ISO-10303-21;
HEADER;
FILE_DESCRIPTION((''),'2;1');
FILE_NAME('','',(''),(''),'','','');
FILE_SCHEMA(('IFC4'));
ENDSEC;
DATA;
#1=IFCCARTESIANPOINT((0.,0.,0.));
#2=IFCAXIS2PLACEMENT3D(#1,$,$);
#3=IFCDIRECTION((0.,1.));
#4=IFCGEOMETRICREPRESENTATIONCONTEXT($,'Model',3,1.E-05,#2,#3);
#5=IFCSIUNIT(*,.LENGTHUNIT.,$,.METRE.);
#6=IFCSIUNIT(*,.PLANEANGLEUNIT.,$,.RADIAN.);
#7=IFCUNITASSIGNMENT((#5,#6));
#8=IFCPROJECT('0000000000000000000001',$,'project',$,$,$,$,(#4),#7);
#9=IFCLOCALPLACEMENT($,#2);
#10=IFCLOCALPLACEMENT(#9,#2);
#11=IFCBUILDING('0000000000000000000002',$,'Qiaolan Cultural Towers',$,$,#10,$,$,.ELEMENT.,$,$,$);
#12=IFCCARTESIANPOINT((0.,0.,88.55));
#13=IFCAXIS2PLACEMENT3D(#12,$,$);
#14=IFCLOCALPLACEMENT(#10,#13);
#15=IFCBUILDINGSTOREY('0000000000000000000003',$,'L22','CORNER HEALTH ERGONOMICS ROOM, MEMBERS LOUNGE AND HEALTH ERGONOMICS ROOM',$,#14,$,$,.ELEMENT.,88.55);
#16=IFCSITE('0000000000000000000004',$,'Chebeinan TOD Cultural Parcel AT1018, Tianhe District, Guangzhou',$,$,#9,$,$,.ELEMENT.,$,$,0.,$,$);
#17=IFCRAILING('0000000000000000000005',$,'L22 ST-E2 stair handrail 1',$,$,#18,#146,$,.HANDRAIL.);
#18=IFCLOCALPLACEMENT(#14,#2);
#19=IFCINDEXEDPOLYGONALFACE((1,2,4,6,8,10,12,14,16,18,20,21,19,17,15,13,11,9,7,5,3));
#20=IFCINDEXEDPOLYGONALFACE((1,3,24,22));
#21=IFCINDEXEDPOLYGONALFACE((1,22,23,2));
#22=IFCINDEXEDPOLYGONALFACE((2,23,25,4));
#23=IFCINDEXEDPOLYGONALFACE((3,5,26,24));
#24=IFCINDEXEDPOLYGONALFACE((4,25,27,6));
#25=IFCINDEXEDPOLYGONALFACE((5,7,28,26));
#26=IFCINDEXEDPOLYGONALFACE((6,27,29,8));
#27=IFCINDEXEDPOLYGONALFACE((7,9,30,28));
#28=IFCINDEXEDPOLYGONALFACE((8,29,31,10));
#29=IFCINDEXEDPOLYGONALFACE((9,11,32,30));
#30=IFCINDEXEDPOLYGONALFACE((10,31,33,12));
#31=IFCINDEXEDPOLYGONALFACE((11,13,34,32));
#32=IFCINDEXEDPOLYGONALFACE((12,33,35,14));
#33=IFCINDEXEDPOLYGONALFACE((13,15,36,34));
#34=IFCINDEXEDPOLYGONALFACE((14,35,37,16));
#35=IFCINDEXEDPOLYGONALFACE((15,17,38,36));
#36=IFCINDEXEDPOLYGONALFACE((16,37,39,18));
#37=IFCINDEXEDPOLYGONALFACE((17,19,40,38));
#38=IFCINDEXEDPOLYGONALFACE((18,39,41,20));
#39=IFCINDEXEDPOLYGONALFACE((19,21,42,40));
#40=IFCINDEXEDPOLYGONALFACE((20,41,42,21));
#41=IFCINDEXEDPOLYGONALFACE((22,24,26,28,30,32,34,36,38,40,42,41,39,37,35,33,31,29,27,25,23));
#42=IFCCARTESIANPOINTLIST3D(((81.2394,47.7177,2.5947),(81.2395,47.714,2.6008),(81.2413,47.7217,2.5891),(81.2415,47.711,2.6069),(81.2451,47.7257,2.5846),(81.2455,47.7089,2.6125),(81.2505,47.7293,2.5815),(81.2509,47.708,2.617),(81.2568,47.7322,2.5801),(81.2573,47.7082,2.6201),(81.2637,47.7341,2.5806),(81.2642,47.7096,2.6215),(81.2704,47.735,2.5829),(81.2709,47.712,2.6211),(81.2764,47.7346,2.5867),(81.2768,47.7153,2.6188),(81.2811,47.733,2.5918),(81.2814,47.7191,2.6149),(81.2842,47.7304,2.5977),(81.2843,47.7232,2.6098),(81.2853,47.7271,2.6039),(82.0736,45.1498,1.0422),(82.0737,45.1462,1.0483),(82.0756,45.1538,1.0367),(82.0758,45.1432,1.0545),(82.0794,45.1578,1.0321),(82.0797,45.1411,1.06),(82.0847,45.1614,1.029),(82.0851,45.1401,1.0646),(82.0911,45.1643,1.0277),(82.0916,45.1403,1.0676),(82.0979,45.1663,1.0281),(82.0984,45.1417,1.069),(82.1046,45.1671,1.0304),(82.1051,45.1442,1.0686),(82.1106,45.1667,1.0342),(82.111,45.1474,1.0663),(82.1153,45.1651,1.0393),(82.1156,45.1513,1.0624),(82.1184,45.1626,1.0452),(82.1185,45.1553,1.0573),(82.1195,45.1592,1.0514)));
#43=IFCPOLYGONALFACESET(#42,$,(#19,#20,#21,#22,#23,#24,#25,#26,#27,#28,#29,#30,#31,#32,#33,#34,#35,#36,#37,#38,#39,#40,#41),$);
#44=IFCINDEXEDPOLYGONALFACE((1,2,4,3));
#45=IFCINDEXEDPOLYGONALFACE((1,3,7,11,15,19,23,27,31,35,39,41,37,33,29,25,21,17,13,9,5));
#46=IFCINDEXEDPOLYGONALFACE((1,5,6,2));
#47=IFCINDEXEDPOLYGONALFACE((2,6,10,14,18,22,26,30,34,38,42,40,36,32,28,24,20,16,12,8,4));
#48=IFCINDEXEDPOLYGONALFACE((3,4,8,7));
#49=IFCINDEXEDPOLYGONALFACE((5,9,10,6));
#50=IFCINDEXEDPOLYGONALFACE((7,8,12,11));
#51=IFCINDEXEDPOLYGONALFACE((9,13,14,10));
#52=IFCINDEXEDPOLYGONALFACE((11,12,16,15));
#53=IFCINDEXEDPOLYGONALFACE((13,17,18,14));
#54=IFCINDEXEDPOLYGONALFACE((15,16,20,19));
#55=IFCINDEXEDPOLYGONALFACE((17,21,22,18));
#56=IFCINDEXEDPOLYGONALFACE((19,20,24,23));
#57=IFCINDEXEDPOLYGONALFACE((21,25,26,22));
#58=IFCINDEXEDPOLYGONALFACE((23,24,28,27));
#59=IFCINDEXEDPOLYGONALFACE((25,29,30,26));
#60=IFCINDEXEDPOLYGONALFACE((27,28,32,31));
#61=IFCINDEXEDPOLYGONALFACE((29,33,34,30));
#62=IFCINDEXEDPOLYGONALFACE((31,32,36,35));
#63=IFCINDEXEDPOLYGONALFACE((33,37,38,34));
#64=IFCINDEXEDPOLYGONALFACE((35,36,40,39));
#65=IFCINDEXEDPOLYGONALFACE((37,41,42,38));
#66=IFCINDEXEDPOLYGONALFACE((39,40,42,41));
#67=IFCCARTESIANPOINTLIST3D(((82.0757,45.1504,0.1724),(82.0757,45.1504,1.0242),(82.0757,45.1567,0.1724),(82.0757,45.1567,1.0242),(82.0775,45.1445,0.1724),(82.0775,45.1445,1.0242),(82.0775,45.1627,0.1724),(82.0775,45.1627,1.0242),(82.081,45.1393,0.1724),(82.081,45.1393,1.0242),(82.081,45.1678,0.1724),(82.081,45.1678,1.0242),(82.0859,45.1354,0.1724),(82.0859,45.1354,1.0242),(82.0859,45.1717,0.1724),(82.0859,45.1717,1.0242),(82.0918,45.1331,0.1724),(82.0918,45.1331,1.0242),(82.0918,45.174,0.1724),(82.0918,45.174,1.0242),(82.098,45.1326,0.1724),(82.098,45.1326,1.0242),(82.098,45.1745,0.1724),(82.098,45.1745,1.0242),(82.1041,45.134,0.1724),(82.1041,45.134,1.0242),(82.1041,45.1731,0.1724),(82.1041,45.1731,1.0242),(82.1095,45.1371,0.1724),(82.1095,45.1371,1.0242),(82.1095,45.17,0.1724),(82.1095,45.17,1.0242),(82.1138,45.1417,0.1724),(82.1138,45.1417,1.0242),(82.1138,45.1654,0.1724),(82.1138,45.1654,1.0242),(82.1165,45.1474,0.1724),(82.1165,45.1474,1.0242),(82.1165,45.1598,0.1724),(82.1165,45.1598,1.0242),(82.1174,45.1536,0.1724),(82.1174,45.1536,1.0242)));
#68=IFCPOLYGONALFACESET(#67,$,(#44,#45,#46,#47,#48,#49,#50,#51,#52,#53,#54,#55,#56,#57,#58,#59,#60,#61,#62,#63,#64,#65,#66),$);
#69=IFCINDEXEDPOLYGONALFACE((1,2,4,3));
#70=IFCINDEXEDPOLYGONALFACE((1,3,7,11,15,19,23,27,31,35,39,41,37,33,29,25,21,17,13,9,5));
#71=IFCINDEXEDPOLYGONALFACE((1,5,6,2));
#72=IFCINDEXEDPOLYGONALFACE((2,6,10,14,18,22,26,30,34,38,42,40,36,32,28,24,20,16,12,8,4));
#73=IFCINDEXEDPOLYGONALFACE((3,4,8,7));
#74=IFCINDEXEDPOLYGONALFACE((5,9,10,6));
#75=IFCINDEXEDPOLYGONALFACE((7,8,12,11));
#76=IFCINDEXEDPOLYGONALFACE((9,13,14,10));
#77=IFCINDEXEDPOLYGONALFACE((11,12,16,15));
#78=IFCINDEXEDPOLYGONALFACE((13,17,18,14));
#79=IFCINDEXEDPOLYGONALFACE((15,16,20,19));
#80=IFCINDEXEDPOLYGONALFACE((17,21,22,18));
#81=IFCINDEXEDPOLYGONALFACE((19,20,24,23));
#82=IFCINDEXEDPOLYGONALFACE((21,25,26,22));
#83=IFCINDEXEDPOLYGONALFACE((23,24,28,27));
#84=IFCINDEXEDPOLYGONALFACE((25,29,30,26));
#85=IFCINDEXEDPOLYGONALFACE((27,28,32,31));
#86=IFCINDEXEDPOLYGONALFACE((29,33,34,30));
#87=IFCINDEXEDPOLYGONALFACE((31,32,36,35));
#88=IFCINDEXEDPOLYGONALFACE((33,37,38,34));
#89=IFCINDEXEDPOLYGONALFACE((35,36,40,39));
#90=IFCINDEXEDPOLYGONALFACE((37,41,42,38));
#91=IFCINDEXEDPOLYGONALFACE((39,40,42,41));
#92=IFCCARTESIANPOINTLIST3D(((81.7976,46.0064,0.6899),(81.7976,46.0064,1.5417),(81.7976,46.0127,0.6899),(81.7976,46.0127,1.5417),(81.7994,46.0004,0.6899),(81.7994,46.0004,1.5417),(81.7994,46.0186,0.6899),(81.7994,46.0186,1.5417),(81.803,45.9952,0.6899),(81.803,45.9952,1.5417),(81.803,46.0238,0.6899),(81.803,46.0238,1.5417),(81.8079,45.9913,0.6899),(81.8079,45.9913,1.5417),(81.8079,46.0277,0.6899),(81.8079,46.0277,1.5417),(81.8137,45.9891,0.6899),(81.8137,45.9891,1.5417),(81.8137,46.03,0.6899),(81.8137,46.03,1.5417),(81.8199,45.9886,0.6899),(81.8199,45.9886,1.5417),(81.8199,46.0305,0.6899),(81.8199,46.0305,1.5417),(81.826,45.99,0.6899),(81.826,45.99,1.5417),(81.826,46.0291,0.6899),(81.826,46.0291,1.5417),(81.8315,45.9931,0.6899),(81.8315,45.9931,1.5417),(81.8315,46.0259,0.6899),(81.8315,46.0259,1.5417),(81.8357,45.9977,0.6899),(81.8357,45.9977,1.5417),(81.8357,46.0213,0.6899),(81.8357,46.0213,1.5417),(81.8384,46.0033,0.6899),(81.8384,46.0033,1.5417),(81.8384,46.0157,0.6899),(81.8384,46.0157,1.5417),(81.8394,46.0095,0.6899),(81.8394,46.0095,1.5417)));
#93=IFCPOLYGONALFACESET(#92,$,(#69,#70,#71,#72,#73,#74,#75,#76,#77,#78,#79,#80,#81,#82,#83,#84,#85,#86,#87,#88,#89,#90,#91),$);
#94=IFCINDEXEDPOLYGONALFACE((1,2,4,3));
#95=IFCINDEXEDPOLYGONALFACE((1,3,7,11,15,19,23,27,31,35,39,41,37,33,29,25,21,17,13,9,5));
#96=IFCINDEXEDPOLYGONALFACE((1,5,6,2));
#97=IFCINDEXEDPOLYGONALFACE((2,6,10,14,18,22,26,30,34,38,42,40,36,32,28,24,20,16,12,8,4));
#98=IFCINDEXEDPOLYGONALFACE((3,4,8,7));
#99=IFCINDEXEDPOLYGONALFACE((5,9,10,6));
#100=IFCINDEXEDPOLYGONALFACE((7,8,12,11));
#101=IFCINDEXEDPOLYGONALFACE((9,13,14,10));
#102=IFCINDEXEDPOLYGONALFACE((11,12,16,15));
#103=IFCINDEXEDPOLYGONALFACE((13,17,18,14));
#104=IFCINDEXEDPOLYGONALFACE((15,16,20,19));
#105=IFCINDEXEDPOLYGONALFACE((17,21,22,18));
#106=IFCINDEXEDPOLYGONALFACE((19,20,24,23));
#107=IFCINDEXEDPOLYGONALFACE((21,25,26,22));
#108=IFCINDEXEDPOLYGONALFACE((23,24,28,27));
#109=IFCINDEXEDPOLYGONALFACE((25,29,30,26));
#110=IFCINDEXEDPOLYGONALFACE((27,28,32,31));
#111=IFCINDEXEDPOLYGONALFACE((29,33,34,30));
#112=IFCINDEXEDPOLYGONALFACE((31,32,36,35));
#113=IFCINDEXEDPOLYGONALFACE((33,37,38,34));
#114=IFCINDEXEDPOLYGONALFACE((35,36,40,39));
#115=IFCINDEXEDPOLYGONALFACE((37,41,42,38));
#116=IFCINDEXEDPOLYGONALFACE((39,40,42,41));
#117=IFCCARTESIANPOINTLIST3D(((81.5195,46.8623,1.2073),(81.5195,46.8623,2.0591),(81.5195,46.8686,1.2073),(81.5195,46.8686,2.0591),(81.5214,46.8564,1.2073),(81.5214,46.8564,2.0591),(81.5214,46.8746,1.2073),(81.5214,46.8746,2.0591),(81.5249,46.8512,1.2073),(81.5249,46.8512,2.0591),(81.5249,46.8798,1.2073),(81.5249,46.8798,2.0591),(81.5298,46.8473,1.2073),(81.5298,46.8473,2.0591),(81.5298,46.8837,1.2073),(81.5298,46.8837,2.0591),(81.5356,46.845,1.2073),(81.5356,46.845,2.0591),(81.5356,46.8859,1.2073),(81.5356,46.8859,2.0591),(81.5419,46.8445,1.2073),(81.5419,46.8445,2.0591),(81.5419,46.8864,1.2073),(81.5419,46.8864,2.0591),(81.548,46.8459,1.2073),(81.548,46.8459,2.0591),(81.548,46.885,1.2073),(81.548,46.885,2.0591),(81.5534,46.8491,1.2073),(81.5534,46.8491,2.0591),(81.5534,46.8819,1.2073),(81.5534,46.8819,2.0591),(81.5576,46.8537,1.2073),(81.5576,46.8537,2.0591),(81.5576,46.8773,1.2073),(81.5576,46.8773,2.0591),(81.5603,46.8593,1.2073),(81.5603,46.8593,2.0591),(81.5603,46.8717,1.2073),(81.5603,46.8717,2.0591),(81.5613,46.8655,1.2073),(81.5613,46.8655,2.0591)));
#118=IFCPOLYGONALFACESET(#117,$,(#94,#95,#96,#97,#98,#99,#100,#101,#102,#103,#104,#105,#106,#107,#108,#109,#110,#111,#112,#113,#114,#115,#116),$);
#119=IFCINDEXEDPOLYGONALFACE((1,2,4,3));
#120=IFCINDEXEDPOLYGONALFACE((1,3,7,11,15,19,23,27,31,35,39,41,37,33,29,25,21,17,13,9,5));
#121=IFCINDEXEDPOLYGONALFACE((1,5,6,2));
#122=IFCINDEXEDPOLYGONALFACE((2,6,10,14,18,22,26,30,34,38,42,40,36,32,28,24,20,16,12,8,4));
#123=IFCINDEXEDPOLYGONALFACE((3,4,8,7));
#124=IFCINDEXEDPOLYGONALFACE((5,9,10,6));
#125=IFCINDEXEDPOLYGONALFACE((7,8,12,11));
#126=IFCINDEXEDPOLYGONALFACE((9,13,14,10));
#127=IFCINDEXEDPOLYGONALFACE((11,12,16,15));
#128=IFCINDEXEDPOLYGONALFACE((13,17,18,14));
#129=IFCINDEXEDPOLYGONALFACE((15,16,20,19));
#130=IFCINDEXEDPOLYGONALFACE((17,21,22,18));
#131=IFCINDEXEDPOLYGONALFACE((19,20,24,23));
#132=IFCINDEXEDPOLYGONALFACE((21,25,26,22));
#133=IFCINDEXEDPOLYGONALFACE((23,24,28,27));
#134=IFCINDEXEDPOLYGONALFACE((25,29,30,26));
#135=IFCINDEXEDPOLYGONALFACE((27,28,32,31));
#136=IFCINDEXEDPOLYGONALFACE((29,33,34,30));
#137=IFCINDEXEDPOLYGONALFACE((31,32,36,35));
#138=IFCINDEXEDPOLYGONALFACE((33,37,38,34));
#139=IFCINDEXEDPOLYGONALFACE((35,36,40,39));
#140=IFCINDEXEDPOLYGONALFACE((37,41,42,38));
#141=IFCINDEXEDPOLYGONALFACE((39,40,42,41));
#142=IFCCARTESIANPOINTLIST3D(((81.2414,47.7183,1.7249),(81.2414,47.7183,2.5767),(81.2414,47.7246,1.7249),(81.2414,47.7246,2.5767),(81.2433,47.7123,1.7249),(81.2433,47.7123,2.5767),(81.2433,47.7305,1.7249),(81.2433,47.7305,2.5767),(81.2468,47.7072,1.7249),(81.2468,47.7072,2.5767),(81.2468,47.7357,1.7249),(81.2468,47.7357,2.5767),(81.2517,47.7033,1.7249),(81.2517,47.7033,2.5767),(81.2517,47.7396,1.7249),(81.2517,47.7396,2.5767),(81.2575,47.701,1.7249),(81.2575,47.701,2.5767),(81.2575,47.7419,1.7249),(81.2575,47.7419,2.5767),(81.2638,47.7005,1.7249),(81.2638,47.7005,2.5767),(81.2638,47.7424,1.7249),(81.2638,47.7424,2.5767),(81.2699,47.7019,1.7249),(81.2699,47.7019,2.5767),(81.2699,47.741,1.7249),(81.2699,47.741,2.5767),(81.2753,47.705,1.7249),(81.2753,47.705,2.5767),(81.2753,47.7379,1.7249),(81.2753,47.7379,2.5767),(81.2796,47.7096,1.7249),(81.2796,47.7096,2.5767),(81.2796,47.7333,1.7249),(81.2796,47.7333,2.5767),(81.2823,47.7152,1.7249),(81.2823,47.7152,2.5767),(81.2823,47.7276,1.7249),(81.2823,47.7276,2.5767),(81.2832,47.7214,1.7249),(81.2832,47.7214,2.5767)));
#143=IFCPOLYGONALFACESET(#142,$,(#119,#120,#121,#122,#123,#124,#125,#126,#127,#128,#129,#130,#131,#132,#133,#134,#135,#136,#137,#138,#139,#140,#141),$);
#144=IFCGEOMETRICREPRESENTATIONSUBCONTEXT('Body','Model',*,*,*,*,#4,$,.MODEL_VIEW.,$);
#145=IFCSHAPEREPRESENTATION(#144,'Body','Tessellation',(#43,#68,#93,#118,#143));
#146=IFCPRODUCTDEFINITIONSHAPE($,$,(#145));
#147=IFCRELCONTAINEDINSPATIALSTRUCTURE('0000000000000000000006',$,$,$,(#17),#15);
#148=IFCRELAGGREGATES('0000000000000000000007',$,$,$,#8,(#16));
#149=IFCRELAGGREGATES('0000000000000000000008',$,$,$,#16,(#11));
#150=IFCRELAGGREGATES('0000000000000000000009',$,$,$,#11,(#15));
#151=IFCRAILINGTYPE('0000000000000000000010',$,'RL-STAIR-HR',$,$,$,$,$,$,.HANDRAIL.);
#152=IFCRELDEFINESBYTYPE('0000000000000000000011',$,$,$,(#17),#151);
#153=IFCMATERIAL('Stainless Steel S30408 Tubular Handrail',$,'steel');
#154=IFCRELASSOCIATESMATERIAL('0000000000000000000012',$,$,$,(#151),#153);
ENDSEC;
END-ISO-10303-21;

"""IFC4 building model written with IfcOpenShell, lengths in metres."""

from ifc_helpers import new_model, si_unit, direction, frame, origin, origin_2d, place, context, subcontext, project, spatial, circle, extrude, material, type_object, element, save


model = new_model("IFC4")

# Units and contexts
model_context = context("Model", 3, precision=1e-05, world=origin(), true_north=direction((0.0, 1.0)))
body_context = subcontext(model_context, "Body", "Model", "MODEL_VIEW")
ifc_project = project(units=[si_unit("LENGTHUNIT", "METRE"), si_unit("PLANEANGLEUNIT", "RADIAN")], contexts=[model_context])

# Site, building, storey
site_placement = place(None, origin())
site = spatial("IfcSite", under=ifc_project, at=site_placement, Name="Chebeinan TOD Cultural Parcel AT1018, Tianhe District, Guangzhou", CompositionType="ELEMENT", RefElevation=0.0)
building_placement = place(site_placement, origin())
building = spatial("IfcBuilding", under=site, at=building_placement, Name="Qiaolan Cultural Towers", CompositionType="ELEMENT")
storey_placement = place(building_placement, frame((0.0, 0.0, 88.55)))
storey = spatial("IfcBuildingStorey", under=building, at=storey_placement, Name="L22", Description="CORNER HEALTH ERGONOMICS ROOM, MEMBERS LOUNGE AND HEALTH ERGONOMICS ROOM", CompositionType="ELEMENT", Elevation=88.55)

# Railing
ifc_material_1 = material(Name="Stainless Steel S30408 Tubular Handrail", Category="steel")
railing_type_1 = type_object("IfcRailingType", Name="RL-STAIR-HR", PredefinedType="HANDRAIL", material=ifc_material_1)
railing_1_placement = place(storey_placement, frame((82.0964, 45.1536, 0.1724)))
element("IfcRailing", 1, at=railing_1_placement, inside=storey, type_object=railing_type_1, Name="L22 ST-E2 stair handrail 1", PredefinedType="HANDRAIL", context=body_context, shape_type="SweptSolid", body=[
    extrude(circle(Radius=0.0239, at=origin_2d()), frame((0.0, 0.0, 0.876), z_axis=(-0.267853, 0.824488, 0.498471), x_axis=(-0.95107, -0.308976, 0.0)), (0.0, 0.0, 1.0), 3.1145),
    extrude(circle(Radius=0.021, at=origin_2d()), origin(), (0.0, 0.0, 1.0), 0.8518),
    extrude(circle(Radius=0.021, at=origin_2d()), frame((-0.2781, 0.856, 0.5176)), (0.0, 0.0, 1.0), 0.8518),
    extrude(circle(Radius=0.021, at=origin_2d()), frame((-0.5562, 1.7119, 1.0349)), (0.0, 0.0, 1.0), 0.8518),
    extrude(circle(Radius=0.021, at=origin_2d()), frame((-0.8342, 2.5679, 1.5525)), (0.0, 0.0, 1.0), 0.8518),
])

save(model, "model.ifc")
